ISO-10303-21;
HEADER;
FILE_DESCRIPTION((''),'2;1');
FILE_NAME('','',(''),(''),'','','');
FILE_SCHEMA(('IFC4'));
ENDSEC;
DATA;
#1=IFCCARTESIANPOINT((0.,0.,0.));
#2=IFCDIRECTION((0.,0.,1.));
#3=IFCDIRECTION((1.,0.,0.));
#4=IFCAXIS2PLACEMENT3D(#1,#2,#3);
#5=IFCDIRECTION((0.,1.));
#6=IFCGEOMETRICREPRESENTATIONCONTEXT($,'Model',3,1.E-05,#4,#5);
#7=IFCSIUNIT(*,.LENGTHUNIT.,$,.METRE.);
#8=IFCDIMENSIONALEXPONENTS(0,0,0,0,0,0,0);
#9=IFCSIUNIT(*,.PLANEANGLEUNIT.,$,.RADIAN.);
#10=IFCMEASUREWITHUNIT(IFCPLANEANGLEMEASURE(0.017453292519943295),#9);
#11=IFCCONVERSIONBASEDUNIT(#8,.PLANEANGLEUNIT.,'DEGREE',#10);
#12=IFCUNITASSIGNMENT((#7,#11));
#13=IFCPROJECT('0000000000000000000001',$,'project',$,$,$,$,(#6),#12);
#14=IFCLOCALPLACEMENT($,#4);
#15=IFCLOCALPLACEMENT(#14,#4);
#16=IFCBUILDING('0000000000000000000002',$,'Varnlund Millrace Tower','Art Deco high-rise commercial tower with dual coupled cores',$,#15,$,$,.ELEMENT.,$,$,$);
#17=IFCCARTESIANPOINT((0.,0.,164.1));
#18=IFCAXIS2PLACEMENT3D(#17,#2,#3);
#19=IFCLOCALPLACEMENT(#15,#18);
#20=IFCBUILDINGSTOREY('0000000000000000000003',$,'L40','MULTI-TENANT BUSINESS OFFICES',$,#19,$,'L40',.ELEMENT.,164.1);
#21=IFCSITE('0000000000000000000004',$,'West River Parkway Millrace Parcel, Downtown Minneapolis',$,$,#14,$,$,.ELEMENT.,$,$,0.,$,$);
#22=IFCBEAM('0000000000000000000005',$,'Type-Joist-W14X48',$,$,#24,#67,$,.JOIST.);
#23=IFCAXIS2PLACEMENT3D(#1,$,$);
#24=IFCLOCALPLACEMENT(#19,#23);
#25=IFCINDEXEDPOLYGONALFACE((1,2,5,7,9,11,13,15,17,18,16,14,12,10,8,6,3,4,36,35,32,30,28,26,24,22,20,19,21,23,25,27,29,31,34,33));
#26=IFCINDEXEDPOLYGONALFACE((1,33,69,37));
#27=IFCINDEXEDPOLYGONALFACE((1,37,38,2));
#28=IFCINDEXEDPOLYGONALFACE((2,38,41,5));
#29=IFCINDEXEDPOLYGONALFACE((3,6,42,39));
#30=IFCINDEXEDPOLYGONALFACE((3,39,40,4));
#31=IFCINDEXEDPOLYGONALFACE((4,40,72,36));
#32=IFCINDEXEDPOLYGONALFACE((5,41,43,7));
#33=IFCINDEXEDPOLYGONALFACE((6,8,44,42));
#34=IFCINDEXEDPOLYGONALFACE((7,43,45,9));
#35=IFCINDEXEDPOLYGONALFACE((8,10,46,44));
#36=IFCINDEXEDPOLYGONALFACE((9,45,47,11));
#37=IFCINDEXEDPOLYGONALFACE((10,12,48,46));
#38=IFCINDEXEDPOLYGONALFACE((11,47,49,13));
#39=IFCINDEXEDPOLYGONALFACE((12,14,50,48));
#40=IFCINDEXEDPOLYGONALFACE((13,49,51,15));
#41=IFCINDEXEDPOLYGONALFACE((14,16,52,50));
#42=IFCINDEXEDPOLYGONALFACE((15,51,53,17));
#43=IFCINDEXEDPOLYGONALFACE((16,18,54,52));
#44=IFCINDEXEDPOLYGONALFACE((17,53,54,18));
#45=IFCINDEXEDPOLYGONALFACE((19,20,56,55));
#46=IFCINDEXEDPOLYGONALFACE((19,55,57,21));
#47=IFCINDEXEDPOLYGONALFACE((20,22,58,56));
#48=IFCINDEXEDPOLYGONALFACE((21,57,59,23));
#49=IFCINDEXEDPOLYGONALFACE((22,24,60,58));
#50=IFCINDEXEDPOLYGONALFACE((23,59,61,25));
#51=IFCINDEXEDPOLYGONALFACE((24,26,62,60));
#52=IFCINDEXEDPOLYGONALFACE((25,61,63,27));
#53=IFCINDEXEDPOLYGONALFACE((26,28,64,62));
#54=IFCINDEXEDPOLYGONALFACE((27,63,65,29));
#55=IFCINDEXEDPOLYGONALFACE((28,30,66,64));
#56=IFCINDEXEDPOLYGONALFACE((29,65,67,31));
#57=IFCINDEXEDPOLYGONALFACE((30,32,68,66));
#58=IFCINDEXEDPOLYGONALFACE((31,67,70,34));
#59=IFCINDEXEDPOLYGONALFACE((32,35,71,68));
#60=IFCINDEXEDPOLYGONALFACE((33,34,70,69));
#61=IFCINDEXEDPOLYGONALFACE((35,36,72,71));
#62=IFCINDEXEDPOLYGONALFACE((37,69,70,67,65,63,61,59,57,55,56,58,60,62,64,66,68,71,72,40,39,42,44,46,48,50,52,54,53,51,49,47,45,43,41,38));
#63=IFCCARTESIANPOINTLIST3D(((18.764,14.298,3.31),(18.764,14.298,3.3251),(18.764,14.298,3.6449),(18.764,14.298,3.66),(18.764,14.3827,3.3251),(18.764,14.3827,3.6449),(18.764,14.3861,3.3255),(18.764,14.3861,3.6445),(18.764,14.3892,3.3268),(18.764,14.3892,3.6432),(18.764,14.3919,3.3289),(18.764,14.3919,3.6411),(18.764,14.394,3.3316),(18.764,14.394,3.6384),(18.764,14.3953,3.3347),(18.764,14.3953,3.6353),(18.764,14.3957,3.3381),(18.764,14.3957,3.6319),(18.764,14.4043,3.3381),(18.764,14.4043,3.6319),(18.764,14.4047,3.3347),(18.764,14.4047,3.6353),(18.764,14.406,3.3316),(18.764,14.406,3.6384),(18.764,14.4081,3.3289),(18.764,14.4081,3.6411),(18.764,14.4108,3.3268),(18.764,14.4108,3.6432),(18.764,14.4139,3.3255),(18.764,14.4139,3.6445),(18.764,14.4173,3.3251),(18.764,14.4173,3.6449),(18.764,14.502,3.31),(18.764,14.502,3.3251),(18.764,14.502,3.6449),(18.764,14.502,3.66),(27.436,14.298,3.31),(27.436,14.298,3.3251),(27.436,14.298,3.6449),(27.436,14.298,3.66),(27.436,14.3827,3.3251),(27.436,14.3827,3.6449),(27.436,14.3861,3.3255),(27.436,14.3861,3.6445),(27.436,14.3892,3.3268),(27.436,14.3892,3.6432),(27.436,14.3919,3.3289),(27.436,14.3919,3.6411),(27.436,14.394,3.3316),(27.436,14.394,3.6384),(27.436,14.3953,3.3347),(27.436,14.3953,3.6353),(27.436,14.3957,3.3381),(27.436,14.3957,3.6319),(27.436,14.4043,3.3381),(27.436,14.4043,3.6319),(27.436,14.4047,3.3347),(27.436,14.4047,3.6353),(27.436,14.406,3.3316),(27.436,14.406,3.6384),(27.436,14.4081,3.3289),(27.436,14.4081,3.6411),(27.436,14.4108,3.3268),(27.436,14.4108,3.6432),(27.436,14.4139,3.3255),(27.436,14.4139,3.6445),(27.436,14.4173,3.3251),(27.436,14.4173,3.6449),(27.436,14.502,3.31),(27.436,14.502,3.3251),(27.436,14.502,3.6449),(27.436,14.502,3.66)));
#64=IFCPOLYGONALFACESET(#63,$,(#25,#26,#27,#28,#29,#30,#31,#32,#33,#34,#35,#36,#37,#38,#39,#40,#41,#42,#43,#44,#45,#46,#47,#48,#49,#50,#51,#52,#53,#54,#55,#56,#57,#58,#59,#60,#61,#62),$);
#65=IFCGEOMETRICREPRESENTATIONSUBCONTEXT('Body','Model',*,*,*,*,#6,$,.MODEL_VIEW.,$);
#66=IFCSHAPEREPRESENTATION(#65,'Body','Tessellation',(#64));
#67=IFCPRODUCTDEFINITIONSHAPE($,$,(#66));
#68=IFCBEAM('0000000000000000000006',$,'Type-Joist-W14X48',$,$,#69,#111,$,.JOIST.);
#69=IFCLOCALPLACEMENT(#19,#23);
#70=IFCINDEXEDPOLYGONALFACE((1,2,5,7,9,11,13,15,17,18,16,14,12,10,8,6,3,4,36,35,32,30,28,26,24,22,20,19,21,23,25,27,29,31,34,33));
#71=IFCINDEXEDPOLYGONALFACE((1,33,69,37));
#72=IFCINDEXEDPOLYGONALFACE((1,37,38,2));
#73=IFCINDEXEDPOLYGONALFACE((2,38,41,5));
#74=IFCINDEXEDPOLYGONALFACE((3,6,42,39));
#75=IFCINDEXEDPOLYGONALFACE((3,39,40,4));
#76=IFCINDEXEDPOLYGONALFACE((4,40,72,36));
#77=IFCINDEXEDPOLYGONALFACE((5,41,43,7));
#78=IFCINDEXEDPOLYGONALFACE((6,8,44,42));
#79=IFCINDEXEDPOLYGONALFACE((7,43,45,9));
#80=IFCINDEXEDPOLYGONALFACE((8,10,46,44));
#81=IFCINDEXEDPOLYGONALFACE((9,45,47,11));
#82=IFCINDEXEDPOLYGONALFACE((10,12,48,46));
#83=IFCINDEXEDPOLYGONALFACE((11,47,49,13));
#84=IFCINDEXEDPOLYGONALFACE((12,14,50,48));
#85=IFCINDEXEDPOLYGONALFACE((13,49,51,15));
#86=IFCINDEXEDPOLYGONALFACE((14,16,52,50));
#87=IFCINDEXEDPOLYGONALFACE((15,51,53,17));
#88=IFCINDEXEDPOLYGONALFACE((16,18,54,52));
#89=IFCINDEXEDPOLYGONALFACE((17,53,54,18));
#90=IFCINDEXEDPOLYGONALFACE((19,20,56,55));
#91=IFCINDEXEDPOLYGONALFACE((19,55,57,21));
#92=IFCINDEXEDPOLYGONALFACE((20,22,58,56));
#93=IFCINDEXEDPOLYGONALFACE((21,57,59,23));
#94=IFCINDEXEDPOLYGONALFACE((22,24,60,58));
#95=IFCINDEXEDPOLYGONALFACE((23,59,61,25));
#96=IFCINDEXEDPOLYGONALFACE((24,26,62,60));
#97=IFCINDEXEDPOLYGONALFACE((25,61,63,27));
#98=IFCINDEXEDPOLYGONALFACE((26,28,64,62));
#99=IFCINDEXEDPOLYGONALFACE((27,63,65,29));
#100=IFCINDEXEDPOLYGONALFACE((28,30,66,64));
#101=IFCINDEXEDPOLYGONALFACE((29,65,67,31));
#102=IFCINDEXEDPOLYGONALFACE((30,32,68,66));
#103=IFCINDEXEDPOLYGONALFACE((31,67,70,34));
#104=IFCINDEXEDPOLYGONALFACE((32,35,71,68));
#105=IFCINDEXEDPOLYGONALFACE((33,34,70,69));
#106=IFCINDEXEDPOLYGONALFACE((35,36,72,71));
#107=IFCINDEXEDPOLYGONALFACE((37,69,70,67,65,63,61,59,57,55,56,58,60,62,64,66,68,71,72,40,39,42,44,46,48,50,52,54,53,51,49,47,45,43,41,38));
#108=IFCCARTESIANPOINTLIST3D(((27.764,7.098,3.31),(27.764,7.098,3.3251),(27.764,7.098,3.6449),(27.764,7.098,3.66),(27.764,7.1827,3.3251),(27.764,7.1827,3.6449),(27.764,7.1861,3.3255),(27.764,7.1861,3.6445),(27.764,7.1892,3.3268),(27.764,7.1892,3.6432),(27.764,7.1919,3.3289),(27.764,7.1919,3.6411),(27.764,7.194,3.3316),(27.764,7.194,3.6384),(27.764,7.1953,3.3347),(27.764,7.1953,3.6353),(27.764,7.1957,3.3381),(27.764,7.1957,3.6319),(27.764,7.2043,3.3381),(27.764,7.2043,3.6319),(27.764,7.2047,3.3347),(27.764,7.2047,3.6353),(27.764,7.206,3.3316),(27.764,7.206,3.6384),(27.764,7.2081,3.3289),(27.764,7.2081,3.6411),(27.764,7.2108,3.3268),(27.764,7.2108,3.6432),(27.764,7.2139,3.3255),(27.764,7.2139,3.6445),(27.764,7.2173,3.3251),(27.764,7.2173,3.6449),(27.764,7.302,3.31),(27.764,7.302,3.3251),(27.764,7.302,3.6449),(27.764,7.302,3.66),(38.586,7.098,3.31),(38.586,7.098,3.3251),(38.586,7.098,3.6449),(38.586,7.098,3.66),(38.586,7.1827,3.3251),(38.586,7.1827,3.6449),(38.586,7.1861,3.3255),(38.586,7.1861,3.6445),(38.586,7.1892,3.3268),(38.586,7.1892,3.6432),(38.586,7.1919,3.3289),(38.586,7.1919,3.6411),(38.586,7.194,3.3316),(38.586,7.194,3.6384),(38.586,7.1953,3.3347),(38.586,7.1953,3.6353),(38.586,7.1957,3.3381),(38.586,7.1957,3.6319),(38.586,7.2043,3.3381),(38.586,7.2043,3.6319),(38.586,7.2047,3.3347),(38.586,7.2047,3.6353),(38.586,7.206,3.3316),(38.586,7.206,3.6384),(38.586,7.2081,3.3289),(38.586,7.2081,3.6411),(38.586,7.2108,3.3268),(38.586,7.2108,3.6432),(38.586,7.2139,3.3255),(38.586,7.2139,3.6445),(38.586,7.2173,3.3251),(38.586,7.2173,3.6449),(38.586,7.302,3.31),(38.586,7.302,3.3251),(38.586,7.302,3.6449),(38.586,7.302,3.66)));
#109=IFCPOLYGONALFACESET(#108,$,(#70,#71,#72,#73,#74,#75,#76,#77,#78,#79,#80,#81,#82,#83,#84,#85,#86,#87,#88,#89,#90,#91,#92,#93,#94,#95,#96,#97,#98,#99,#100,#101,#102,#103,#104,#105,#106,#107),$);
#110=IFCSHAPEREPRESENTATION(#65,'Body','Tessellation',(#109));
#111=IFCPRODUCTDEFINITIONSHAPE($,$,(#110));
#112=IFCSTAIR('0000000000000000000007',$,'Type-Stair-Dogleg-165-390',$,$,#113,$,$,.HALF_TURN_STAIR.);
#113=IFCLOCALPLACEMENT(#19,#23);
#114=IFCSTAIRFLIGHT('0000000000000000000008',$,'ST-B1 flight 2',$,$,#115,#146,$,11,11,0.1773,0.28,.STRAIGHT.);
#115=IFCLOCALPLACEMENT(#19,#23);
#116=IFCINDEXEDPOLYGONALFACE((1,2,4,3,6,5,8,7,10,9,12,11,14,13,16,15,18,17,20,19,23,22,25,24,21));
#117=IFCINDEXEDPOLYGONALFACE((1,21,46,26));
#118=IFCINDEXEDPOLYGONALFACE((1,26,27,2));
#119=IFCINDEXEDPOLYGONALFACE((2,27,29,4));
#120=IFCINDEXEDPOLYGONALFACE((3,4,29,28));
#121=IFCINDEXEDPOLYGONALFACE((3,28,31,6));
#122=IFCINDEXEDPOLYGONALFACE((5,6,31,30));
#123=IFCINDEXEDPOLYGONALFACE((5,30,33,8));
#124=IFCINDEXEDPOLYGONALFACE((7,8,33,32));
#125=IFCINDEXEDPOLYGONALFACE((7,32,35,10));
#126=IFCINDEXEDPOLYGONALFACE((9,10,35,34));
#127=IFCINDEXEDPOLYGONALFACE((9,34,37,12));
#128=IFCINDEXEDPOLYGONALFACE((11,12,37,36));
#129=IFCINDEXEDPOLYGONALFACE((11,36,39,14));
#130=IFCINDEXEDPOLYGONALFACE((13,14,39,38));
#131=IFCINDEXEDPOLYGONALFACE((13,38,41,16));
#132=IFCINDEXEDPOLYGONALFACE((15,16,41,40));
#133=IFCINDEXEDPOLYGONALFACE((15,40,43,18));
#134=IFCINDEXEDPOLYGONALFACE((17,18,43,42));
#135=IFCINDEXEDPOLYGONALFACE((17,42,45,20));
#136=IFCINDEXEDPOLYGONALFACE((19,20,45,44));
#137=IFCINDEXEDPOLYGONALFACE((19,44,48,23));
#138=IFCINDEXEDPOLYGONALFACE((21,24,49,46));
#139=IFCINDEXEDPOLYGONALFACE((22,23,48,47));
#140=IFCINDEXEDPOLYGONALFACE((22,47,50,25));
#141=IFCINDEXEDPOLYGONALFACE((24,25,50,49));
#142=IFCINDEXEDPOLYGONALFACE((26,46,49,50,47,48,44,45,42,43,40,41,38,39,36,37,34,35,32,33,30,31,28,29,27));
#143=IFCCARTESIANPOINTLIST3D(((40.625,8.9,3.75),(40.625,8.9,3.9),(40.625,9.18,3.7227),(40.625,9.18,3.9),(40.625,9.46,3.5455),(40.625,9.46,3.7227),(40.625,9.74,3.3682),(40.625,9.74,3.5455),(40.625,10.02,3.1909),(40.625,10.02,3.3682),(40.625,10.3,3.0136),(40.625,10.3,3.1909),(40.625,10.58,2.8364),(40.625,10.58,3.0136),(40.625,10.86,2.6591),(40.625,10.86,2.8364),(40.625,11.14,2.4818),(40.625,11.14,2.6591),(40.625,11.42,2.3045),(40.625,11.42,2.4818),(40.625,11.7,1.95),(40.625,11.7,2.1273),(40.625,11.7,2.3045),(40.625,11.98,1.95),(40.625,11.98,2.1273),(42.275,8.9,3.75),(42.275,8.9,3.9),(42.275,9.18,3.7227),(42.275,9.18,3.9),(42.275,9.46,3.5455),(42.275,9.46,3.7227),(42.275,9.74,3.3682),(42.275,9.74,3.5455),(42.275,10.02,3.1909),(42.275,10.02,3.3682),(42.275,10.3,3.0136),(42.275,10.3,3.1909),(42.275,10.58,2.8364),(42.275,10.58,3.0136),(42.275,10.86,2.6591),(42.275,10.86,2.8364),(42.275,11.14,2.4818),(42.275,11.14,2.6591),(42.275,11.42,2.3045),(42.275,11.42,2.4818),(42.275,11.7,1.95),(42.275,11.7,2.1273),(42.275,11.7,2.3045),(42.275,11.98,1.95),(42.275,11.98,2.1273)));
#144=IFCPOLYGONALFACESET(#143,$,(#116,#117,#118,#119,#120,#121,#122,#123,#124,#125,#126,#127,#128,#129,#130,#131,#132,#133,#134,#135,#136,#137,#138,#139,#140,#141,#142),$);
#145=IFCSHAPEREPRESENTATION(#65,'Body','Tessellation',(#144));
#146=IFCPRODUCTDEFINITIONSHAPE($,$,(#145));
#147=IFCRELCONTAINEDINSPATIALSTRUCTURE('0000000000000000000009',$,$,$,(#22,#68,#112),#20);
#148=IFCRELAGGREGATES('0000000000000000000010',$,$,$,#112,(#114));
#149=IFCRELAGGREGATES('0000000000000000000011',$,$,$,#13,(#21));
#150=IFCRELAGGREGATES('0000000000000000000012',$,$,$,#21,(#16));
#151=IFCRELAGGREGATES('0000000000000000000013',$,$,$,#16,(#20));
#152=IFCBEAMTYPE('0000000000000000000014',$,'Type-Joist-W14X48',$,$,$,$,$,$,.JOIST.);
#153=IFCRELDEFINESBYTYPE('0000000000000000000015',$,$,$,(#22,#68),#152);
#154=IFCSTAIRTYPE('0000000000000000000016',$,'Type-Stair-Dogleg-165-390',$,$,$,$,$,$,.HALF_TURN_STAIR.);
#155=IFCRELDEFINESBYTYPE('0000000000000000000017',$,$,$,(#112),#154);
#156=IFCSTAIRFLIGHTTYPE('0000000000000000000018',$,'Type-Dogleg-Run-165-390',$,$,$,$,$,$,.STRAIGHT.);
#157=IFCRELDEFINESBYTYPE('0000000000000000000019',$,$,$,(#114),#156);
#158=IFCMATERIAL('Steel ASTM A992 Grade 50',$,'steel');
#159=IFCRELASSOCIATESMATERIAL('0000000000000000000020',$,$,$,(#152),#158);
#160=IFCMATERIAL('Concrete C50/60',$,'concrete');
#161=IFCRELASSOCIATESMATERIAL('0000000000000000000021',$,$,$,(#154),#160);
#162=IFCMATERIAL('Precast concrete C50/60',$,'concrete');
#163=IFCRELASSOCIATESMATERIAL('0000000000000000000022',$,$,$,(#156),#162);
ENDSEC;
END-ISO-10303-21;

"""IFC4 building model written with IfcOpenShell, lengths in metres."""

from ifc_helpers import new_model, entity, si_unit, converted_unit, direction, frame, origin_with_axes, origin_2d_with_axis, place, context, subcontext, project, spatial, polyline, i_section, outline, extrude, material, material_profile, profile_set, type_object, element, aggregate, save


model = new_model("IFC4")

# Units and contexts
model_context = context("Model", 3, precision=1e-05, world=origin_with_axes(), true_north=direction((0.0, 1.0)))
body_context = subcontext(model_context, "Body", "Model", "MODEL_VIEW")
ifc_project = project(units=[si_unit("LENGTHUNIT", "METRE"), converted_unit("PLANEANGLEUNIT", "DEGREE", entity("IfcPlaneAngleMeasure", 0.017453292519943295), si_unit("PLANEANGLEUNIT", "RADIAN"), dimensions=[0, 0, 0, 0, 0, 0, 0])], contexts=[model_context])

# Site, building, storey
site_placement = place(None, origin_with_axes())
site = spatial("IfcSite", under=ifc_project, at=site_placement, Name="West River Parkway Millrace Parcel, Downtown Minneapolis", CompositionType="ELEMENT", RefElevation=0.0)
building_placement = place(site_placement, origin_with_axes())
building = spatial("IfcBuilding", under=site, at=building_placement, Name="Varnlund Millrace Tower", Description="Art Deco high-rise commercial tower with dual coupled cores", CompositionType="ELEMENT")
storey_placement = place(building_placement, frame((0.0, 0.0, 164.1), z_axis=(0.0, 0.0, 1.0), x_axis=(1.0, 0.0, 0.0)))
storey = spatial("IfcBuildingStorey", under=building, at=storey_placement, Name="L40", Description="MULTI-TENANT BUSINESS OFFICES", LongName="L40", CompositionType="ELEMENT", Elevation=164.1)

# Beams
ifc_material_1 = material(Name="Steel ASTM A992 Grade 50", Category="steel")
ifc_material_profile_1 = material_profile(ifc_material_1, i_section(OverallWidth=0.204, OverallDepth=0.35, WebThickness=0.0086, FlangeThickness=0.0151, FilletRadius=0.013, at=origin_2d_with_axis()), Name="Steel ASTM A992 Grade 50")
ifc_profile_set_1 = profile_set([ifc_material_profile_1], Name="Steel ASTM A992 Grade 50")
beam_type_1 = type_object("IfcBeamType", Name="Type-Joist-W14X48", PredefinedType="JOIST", material=ifc_profile_set_1)
for number, where, z_axis, x_axis, name in (
    (1, (18.764, 14.4, 3.485), (1.0, 0.0, 0.0), (0.0, 1.0, 0.0), "Type-Joist-W14X48"),
):
    element("IfcBeam", number, at=place(storey_placement, frame(where, z_axis=z_axis, x_axis=x_axis)), inside=storey, type_object=beam_type_1, Name=name, PredefinedType="JOIST", context=body_context, shape_type="SweptSolid", body=[
        extrude(i_section(OverallWidth=0.204, OverallDepth=0.35, WebThickness=0.0086, FlangeThickness=0.0151, FilletRadius=0.013, at=origin_2d_with_axis()), origin_with_axes(), (0.0, 0.0, 1.0), 8.672),
    ])
beam_1_placement = place(storey_placement, frame((27.764, 7.2, 3.485), z_axis=(1.0, 0.0, 0.0), x_axis=(0.0, 1.0, 0.0)))
element("IfcBeam", 2, at=beam_1_placement, inside=storey, type_object=beam_type_1, Name="Type-Joist-W14X48", PredefinedType="JOIST", context=body_context, shape_type="SweptSolid", body=[
    extrude(i_section(OverallWidth=0.204, OverallDepth=0.35, WebThickness=0.0086, FlangeThickness=0.0151, FilletRadius=0.013, at=origin_2d_with_axis()), origin_with_axes(), (0.0, 0.0, 1.0), 10.822),
])

# Stair, stair flight
ifc_material_2 = material(Name="Concrete C50/60", Category="concrete")
stair_type = type_object("IfcStairType", Name="Type-Stair-Dogleg-165-390", PredefinedType="HALF_TURN_STAIR", material=ifc_material_2)
stair_placement = place(storey_placement, origin_with_axes())
stair = element("IfcStair", 3, at=stair_placement, inside=storey, type_object=stair_type, Name="Type-Stair-Dogleg-165-390", PredefinedType="HALF_TURN_STAIR")
ifc_material_3 = material(Name="Precast concrete C50/60", Category="concrete")
stair_flight_type = type_object("IfcStairFlightType", Name="Type-Dogleg-Run-165-390", PredefinedType="STRAIGHT", material=ifc_material_3)
stair_flight_placement = place(storey_placement, frame((42.275, 11.98, 1.95), z_axis=(-1.0, 0.0, 0.0), x_axis=(0.0, -1.0, 0.0)))
stair_flight = element("IfcStairFlight", 4, at=stair_flight_placement, type_object=stair_flight_type, Name="ST-B1 flight 2", NumberOfRisers=11, NumberOfTreads=11, PredefinedType="STRAIGHT", RiserHeight=0.1773, TreadLength=0.28, context=body_context, shape_type="SweptSolid", body=[
    extrude(outline(polyline([(0.0, 0.0), (0.0, 0.1773), (0.28, 0.1773), (0.28, 0.3545), (0.56, 0.3545), (0.56, 0.5318), (0.84, 0.5318), (0.84, 0.7091), (1.12, 0.7091), (1.12, 0.8864), (1.4, 0.8864), (1.4, 1.0636), (1.68, 1.0636), (1.68, 1.2409), (1.96, 1.2409), (1.96, 1.4182), (2.24, 1.4182), (2.24, 1.5955), (2.52, 1.5955), (2.52, 1.7727), (2.8, 1.7727), (2.8, 1.95), (3.08, 1.95), (3.08, 1.8), (0.28, 0.0), (0.0, 0.0)])), origin_with_axes(), (0.0, 0.0, 1.0), 1.65),
])
aggregate(stair, [stair_flight])

save(model, "model.ifc")
